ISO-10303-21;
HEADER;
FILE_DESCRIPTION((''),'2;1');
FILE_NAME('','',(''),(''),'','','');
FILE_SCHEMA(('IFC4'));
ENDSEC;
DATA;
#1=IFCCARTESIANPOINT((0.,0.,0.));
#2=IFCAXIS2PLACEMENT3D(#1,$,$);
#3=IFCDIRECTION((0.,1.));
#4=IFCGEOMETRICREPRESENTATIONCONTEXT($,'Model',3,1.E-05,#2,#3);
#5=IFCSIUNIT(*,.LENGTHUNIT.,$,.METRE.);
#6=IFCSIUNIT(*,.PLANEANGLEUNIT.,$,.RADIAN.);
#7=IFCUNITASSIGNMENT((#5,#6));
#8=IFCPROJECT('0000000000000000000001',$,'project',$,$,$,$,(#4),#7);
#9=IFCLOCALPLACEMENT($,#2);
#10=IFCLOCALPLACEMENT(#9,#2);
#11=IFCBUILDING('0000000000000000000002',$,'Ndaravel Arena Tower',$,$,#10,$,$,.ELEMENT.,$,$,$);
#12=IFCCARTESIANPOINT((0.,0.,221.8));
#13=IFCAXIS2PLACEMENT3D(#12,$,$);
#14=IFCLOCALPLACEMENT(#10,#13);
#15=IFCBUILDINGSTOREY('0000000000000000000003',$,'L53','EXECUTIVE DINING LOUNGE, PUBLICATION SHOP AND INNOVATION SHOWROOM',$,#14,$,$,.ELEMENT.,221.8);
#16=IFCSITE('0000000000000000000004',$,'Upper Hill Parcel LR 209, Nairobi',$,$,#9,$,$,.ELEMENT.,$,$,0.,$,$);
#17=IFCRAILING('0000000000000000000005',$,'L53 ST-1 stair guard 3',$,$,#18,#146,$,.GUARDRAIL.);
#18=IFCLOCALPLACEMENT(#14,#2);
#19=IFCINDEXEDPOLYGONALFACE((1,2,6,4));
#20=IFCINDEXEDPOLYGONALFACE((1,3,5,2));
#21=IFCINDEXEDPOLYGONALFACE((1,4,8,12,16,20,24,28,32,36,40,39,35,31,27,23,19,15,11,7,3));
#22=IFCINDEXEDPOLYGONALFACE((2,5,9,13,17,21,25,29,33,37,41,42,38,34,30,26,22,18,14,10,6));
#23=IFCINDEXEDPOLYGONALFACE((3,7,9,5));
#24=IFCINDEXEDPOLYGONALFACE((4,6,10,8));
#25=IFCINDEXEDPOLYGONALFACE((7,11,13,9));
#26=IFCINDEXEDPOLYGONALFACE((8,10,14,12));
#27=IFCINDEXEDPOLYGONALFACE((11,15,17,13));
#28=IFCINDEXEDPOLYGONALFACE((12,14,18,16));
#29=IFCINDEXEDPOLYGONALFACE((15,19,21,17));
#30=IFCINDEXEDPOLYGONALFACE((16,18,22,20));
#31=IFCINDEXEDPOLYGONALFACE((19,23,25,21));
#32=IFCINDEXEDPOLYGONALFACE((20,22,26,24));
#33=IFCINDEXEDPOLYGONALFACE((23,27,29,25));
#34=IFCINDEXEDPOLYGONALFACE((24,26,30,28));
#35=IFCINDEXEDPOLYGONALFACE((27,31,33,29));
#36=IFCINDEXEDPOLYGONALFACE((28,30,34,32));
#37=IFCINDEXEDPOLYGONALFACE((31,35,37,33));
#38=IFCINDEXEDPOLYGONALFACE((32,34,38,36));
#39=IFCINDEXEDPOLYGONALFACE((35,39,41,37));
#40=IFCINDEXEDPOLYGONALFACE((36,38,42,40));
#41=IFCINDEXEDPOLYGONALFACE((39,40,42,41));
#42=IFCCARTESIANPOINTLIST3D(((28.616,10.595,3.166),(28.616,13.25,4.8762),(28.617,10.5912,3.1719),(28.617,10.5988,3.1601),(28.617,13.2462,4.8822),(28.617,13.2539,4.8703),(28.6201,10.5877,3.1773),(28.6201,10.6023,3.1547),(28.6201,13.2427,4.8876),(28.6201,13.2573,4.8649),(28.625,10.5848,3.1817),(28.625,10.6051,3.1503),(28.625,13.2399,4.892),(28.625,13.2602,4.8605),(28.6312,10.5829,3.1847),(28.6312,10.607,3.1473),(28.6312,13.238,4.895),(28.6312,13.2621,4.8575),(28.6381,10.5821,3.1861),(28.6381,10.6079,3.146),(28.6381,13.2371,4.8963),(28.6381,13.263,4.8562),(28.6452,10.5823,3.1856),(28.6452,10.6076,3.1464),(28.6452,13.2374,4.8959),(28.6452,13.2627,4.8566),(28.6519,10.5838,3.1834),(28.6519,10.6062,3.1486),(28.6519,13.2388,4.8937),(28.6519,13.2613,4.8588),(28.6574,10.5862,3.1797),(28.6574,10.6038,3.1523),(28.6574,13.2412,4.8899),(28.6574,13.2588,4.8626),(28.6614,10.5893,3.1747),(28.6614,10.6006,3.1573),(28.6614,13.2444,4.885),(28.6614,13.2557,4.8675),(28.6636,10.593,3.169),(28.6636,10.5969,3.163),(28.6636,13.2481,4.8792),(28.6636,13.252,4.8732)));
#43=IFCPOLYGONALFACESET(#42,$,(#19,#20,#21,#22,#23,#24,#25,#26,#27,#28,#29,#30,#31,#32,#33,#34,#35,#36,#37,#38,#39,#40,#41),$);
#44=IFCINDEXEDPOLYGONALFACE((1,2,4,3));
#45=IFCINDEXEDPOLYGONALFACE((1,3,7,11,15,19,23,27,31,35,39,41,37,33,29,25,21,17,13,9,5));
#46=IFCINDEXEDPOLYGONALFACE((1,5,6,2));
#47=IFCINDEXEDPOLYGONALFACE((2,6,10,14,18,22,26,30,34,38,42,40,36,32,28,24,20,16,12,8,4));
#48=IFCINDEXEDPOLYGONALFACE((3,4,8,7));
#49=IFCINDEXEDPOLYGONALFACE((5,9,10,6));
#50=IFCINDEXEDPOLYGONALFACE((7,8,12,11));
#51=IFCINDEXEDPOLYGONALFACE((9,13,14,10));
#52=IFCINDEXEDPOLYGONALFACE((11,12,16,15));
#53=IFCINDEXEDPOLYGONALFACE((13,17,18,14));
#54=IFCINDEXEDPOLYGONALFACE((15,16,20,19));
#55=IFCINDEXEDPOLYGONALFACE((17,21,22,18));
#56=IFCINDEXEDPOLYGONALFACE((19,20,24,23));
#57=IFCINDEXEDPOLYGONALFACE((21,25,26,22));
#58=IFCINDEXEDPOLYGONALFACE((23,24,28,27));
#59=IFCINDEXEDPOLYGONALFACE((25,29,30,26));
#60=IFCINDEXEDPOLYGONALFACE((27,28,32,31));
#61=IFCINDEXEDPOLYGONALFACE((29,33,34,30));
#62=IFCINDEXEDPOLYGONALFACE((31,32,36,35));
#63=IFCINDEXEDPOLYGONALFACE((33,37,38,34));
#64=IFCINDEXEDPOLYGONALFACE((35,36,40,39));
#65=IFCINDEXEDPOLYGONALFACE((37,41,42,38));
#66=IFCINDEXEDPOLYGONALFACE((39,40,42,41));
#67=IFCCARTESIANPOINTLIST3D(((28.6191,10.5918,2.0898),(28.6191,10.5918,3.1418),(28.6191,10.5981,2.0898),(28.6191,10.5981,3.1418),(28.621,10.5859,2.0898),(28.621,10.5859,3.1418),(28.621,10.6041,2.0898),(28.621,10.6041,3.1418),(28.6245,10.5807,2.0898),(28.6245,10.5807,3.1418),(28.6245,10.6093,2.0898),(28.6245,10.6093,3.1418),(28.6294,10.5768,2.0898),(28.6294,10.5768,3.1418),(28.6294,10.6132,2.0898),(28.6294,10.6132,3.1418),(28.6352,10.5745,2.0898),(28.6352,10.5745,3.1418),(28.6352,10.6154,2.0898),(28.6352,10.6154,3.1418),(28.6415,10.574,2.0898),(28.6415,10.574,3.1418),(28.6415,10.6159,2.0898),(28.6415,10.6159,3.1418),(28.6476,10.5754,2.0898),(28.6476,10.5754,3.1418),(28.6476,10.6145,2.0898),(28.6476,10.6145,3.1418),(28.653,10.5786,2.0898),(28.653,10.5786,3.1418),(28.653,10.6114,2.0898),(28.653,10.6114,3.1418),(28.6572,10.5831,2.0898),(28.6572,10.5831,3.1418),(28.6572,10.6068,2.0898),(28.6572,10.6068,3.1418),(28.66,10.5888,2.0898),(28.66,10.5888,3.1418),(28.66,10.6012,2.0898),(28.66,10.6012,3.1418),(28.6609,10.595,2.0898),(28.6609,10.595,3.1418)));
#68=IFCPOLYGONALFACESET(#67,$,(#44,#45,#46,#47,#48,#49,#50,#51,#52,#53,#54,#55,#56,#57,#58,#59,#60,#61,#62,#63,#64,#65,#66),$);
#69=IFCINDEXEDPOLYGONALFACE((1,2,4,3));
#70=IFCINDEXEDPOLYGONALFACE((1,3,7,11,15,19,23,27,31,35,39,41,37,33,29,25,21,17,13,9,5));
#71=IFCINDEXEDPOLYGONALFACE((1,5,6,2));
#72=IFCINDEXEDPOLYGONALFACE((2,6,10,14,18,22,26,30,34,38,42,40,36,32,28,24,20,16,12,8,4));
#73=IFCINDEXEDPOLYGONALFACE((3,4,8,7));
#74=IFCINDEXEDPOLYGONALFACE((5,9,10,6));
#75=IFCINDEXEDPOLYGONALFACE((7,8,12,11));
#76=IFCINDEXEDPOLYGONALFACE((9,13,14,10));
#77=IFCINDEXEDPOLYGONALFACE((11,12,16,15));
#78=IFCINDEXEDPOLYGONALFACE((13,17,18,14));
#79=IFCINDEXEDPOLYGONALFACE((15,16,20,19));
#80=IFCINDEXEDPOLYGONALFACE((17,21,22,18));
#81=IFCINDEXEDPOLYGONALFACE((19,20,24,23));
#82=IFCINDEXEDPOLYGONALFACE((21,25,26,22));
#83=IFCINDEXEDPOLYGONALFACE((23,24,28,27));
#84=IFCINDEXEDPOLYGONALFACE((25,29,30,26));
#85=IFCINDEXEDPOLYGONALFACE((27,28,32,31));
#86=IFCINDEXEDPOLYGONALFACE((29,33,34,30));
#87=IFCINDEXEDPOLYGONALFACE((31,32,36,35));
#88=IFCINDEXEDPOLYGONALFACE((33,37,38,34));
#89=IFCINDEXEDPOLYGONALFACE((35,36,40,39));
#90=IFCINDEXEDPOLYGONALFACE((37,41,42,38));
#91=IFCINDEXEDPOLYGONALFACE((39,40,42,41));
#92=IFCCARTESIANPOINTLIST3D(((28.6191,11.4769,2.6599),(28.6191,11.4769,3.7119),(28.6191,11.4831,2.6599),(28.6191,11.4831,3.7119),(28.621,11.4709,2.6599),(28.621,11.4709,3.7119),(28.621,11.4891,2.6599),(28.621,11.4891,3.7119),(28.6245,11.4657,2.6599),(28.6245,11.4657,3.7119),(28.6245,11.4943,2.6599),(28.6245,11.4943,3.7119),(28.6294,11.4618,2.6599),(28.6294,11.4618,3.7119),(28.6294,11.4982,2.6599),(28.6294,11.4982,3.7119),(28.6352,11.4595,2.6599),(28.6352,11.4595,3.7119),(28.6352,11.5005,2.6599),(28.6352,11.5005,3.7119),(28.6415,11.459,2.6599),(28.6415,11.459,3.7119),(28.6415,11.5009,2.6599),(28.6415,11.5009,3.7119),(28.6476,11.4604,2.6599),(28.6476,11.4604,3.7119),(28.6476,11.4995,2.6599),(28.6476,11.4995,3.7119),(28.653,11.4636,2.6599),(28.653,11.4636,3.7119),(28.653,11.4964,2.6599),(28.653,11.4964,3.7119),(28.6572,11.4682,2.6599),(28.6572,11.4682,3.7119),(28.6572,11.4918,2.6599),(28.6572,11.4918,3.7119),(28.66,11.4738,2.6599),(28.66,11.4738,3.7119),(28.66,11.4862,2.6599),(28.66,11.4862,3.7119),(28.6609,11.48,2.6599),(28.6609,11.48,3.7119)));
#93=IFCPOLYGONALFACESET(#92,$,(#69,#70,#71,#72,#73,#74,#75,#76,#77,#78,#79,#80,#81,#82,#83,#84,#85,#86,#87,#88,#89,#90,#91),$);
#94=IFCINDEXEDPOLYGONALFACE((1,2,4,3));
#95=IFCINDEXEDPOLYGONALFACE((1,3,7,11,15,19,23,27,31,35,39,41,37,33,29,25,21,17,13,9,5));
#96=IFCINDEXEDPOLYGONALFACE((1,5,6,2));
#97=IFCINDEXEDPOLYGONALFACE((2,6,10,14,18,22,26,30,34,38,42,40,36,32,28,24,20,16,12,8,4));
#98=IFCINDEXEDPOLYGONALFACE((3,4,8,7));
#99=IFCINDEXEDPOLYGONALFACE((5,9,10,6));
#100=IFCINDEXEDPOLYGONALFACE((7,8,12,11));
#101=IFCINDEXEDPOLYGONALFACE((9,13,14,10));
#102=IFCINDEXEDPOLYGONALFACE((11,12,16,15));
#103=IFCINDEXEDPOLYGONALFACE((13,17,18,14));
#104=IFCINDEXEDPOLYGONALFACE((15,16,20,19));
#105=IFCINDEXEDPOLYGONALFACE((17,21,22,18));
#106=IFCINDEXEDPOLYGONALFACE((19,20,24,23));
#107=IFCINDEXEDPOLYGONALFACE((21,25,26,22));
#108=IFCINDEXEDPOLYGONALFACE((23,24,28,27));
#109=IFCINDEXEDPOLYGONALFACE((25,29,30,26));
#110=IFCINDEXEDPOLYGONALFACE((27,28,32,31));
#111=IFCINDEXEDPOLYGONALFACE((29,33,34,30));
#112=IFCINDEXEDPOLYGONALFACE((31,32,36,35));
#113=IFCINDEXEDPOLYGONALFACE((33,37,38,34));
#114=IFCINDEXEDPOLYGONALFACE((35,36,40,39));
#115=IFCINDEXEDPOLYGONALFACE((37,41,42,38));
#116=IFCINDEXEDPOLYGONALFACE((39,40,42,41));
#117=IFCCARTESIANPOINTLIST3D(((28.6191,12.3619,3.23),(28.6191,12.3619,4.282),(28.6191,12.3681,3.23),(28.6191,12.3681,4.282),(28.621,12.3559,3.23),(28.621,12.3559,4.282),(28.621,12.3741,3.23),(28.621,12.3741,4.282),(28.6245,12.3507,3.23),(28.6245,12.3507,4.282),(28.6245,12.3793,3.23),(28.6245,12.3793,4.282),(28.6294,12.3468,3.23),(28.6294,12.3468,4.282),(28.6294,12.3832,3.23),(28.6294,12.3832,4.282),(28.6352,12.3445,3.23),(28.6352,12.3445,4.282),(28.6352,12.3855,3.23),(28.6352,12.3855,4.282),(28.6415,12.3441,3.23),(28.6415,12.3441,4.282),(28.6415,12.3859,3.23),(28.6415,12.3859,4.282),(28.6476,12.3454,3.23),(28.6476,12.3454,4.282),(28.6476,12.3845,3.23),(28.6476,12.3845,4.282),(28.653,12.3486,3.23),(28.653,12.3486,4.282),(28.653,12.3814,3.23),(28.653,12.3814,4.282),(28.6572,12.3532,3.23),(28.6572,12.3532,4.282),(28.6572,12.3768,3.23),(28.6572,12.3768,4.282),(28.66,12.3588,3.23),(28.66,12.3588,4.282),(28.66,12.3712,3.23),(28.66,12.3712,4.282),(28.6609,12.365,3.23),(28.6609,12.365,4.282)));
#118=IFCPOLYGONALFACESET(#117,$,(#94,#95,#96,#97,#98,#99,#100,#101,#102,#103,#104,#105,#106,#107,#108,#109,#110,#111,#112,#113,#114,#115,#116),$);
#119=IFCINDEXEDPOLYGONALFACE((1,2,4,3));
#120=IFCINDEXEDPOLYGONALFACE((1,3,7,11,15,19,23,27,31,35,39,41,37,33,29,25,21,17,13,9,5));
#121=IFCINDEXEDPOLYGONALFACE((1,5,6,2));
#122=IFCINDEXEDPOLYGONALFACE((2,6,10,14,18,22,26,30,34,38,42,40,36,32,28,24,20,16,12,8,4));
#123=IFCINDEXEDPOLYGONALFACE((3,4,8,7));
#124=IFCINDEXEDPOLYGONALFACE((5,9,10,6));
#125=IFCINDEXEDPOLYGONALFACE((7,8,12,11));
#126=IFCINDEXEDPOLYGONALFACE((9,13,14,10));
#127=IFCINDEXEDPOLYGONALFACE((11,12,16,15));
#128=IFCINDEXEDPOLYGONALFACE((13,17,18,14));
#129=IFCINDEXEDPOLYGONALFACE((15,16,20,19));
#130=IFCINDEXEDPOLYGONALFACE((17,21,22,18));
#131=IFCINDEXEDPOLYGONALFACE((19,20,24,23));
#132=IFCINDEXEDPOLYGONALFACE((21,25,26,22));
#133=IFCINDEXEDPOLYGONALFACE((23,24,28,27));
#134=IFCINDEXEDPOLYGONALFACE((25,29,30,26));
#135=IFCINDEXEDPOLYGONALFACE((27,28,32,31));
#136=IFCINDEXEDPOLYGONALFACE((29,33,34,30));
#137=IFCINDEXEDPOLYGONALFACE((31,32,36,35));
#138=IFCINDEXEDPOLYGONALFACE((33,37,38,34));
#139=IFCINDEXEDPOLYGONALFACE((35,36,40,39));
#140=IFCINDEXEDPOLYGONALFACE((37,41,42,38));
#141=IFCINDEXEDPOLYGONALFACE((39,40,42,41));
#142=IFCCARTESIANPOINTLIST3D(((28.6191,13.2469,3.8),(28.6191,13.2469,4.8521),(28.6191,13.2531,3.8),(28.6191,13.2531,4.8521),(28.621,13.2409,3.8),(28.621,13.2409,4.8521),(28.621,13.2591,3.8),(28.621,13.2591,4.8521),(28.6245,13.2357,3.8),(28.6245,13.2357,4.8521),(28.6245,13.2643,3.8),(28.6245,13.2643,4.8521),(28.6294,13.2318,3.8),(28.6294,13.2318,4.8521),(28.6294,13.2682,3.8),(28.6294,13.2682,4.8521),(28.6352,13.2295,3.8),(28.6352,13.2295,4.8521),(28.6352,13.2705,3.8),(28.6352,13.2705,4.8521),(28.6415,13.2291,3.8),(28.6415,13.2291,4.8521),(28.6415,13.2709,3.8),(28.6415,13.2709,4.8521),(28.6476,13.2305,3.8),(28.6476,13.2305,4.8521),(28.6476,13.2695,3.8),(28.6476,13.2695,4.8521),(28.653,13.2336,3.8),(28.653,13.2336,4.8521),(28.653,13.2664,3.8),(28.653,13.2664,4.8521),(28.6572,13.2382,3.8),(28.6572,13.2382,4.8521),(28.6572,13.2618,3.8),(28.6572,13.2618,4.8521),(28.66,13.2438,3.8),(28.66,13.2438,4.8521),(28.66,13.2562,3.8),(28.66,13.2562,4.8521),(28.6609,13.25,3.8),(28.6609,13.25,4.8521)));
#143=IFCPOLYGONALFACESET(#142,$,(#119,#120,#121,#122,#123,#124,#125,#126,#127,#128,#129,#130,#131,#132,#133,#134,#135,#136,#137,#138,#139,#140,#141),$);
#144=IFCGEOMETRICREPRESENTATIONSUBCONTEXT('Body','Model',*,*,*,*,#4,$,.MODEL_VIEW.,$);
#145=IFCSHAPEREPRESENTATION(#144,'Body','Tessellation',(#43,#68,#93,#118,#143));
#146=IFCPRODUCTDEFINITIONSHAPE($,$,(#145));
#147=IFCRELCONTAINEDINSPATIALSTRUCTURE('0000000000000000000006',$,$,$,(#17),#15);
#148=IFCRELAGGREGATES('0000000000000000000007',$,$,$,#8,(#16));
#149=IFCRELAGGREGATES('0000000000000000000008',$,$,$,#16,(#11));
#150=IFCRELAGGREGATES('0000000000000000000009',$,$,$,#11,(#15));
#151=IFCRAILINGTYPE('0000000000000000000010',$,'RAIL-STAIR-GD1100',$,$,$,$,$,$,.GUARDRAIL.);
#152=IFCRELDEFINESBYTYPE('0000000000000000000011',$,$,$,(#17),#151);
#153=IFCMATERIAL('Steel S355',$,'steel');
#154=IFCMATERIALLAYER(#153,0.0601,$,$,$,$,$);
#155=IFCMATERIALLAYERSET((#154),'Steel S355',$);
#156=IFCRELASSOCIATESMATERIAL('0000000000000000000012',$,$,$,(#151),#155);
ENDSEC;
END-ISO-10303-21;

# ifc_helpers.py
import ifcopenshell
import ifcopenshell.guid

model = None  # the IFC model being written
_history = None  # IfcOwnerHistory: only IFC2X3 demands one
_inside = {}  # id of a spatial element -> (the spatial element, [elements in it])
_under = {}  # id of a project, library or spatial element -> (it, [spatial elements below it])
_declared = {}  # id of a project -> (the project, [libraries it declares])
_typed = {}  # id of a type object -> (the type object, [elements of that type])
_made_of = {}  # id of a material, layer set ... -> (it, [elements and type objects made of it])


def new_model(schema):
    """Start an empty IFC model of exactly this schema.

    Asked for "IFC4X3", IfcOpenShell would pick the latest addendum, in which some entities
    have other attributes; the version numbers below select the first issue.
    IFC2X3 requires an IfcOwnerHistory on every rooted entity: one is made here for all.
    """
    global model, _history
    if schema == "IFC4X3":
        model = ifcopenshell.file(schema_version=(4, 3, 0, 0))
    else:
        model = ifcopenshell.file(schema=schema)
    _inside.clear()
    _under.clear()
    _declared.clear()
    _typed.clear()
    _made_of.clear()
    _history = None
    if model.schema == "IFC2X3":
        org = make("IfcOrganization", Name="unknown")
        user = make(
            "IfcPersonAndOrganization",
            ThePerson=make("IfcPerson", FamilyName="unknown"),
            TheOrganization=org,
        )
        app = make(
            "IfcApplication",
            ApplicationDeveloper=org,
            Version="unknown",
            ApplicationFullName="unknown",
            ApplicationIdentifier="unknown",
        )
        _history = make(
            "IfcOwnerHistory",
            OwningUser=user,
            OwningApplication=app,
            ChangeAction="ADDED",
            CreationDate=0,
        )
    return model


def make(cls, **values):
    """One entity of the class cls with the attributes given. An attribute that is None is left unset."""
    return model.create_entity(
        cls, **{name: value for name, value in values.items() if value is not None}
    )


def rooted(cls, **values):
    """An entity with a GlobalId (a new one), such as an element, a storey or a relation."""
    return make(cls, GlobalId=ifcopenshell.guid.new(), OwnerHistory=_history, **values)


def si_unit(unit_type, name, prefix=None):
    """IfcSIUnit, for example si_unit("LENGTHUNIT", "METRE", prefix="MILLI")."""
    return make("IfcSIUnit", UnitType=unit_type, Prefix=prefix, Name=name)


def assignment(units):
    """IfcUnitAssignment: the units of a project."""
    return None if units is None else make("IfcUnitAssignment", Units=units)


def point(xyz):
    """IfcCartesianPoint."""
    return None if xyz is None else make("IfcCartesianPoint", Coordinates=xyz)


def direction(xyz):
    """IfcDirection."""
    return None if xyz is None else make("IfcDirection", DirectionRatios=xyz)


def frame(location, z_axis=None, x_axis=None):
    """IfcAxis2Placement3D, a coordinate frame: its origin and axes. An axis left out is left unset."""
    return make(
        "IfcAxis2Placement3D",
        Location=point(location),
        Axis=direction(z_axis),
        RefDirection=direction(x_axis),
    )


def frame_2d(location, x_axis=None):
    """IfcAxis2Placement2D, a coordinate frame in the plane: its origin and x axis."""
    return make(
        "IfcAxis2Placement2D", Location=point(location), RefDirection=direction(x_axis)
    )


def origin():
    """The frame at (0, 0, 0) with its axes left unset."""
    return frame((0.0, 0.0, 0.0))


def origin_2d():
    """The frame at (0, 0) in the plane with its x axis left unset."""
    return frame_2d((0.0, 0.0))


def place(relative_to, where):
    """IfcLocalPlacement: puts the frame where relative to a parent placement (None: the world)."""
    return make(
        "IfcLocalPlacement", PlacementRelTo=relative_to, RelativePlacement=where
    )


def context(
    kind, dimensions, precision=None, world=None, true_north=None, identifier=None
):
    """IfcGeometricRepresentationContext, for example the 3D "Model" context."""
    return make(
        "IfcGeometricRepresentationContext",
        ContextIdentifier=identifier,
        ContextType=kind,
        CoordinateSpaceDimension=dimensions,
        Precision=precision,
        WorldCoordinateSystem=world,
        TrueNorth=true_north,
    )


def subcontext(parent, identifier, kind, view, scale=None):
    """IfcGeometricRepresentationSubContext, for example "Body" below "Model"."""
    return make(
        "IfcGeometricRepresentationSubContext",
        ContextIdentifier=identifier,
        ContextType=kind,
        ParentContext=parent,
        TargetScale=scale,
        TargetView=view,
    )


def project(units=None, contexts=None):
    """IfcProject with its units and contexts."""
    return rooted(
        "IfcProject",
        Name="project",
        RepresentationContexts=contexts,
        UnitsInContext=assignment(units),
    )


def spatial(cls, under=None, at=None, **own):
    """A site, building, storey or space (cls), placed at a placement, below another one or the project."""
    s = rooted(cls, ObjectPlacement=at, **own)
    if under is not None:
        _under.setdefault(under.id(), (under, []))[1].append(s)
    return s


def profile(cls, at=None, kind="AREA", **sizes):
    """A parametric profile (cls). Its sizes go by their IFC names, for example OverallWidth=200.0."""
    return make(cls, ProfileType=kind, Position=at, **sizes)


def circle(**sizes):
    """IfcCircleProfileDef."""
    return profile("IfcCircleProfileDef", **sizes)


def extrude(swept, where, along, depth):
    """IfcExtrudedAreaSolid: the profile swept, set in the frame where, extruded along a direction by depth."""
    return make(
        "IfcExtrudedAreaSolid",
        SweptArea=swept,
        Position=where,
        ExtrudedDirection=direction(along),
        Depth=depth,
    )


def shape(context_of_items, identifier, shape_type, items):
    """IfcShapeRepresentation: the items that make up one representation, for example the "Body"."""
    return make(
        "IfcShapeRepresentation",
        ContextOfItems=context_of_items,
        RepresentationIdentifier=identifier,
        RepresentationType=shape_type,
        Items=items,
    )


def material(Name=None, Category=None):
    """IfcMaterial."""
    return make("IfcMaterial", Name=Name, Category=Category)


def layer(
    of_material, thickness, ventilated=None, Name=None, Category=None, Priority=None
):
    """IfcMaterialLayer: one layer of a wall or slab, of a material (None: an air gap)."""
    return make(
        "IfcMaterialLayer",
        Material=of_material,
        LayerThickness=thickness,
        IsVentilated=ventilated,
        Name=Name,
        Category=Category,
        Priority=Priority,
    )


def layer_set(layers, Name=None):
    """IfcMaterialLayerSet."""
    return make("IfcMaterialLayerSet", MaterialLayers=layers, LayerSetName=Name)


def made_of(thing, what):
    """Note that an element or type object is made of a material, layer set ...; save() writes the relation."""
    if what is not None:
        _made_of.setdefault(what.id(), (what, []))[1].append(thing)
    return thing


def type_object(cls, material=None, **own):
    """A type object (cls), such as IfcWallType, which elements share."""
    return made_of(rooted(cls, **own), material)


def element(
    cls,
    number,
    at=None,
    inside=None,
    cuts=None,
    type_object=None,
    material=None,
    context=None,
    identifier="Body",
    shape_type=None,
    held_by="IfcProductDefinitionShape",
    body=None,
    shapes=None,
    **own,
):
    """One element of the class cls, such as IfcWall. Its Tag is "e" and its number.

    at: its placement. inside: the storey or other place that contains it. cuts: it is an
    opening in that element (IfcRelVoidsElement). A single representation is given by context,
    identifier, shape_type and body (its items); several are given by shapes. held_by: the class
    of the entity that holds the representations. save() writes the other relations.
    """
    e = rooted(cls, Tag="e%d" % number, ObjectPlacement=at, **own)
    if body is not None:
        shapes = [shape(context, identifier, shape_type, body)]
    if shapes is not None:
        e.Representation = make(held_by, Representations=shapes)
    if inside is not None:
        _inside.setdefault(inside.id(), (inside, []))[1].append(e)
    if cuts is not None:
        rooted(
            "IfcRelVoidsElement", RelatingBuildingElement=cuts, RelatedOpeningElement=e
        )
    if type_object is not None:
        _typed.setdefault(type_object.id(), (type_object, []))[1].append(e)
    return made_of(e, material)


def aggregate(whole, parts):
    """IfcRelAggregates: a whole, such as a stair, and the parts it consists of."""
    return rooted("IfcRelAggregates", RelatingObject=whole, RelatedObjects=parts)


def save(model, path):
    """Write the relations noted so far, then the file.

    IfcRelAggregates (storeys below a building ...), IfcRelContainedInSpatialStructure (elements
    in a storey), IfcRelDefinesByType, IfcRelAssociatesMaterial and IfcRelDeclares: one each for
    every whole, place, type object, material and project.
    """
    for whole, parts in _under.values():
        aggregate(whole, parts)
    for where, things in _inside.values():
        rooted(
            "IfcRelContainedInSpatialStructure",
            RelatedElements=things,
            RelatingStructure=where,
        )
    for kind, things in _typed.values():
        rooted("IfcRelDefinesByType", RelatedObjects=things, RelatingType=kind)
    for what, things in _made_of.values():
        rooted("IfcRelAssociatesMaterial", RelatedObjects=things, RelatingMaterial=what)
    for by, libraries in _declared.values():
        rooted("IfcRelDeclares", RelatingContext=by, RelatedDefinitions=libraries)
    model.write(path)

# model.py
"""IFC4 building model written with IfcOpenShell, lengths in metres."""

from ifc_helpers import new_model, si_unit, direction, frame, origin, origin_2d, place, context, subcontext, project, spatial, circle, extrude, material, layer, layer_set, type_object, element, save


model = new_model("IFC4")

# Units and contexts
model_context = context("Model", 3, precision=1e-05, world=origin(), true_north=direction((0.0, 1.0)))
body_context = subcontext(model_context, "Body", "Model", "MODEL_VIEW")
ifc_project = project(units=[si_unit("LENGTHUNIT", "METRE"), si_unit("PLANEANGLEUNIT", "RADIAN")], contexts=[model_context])

# Site, building, storey
site_placement = place(None, origin())
site = spatial("IfcSite", under=ifc_project, at=site_placement, Name="Upper Hill Parcel LR 209, Nairobi", CompositionType="ELEMENT", RefElevation=0.0)
building_placement = place(site_placement, origin())
building = spatial("IfcBuilding", under=site, at=building_placement, Name="Ndaravel Arena Tower", CompositionType="ELEMENT")
storey_placement = place(building_placement, frame((0.0, 0.0, 221.8)))
storey = spatial("IfcBuildingStorey", under=building, at=storey_placement, Name="L53", Description="EXECUTIVE DINING LOUNGE, PUBLICATION SHOP AND INNOVATION SHOWROOM", CompositionType="ELEMENT", Elevation=221.8)

# Railing
ifc_material_1 = material(Name="Steel S355", Category="steel")
ifc_layer_1 = layer(ifc_material_1, 0.0601)
ifc_layer_set_1 = layer_set([ifc_layer_1], Name="Steel S355")
railing_type_1 = type_object("IfcRailingType", Name="RAIL-STAIR-GD1100", PredefinedType="GUARDRAIL", material=ifc_layer_set_1)
railing_1_placement = place(storey_placement, frame((28.6399, 10.595, 2.0898)))
element("IfcRailing", 1, at=railing_1_placement, inside=storey, type_object=railing_type_1, Name="L53 ST-1 stair guard 3", PredefinedType="GUARDRAIL", context=body_context, shape_type="SweptSolid", body=[
    extrude(circle(Radius=0.0239, at=origin_2d()), frame((0.0, 0.0, 1.0762), z_axis=(0.0, 0.840688, 0.541519), x_axis=(-1.0, 0.0, 0.0)), (0.0, 0.0, 1.0), 3.1582),
    extrude(circle(Radius=0.021, at=origin_2d()), origin(), (0.0, 0.0, 1.0), 1.052),
    extrude(circle(Radius=0.021, at=origin_2d()), frame((0.0, 0.885, 0.5701)), (0.0, 0.0, 1.0), 1.052),
    extrude(circle(Radius=0.021, at=origin_2d()), frame((0.0, 1.77, 1.1401)), (0.0, 0.0, 1.0), 1.052),
    extrude(circle(Radius=0.021, at=origin_2d()), frame((0.0, 2.655, 1.7102)), (0.0, 0.0, 1.0), 1.052),
])

save(model, "model.ifc")
